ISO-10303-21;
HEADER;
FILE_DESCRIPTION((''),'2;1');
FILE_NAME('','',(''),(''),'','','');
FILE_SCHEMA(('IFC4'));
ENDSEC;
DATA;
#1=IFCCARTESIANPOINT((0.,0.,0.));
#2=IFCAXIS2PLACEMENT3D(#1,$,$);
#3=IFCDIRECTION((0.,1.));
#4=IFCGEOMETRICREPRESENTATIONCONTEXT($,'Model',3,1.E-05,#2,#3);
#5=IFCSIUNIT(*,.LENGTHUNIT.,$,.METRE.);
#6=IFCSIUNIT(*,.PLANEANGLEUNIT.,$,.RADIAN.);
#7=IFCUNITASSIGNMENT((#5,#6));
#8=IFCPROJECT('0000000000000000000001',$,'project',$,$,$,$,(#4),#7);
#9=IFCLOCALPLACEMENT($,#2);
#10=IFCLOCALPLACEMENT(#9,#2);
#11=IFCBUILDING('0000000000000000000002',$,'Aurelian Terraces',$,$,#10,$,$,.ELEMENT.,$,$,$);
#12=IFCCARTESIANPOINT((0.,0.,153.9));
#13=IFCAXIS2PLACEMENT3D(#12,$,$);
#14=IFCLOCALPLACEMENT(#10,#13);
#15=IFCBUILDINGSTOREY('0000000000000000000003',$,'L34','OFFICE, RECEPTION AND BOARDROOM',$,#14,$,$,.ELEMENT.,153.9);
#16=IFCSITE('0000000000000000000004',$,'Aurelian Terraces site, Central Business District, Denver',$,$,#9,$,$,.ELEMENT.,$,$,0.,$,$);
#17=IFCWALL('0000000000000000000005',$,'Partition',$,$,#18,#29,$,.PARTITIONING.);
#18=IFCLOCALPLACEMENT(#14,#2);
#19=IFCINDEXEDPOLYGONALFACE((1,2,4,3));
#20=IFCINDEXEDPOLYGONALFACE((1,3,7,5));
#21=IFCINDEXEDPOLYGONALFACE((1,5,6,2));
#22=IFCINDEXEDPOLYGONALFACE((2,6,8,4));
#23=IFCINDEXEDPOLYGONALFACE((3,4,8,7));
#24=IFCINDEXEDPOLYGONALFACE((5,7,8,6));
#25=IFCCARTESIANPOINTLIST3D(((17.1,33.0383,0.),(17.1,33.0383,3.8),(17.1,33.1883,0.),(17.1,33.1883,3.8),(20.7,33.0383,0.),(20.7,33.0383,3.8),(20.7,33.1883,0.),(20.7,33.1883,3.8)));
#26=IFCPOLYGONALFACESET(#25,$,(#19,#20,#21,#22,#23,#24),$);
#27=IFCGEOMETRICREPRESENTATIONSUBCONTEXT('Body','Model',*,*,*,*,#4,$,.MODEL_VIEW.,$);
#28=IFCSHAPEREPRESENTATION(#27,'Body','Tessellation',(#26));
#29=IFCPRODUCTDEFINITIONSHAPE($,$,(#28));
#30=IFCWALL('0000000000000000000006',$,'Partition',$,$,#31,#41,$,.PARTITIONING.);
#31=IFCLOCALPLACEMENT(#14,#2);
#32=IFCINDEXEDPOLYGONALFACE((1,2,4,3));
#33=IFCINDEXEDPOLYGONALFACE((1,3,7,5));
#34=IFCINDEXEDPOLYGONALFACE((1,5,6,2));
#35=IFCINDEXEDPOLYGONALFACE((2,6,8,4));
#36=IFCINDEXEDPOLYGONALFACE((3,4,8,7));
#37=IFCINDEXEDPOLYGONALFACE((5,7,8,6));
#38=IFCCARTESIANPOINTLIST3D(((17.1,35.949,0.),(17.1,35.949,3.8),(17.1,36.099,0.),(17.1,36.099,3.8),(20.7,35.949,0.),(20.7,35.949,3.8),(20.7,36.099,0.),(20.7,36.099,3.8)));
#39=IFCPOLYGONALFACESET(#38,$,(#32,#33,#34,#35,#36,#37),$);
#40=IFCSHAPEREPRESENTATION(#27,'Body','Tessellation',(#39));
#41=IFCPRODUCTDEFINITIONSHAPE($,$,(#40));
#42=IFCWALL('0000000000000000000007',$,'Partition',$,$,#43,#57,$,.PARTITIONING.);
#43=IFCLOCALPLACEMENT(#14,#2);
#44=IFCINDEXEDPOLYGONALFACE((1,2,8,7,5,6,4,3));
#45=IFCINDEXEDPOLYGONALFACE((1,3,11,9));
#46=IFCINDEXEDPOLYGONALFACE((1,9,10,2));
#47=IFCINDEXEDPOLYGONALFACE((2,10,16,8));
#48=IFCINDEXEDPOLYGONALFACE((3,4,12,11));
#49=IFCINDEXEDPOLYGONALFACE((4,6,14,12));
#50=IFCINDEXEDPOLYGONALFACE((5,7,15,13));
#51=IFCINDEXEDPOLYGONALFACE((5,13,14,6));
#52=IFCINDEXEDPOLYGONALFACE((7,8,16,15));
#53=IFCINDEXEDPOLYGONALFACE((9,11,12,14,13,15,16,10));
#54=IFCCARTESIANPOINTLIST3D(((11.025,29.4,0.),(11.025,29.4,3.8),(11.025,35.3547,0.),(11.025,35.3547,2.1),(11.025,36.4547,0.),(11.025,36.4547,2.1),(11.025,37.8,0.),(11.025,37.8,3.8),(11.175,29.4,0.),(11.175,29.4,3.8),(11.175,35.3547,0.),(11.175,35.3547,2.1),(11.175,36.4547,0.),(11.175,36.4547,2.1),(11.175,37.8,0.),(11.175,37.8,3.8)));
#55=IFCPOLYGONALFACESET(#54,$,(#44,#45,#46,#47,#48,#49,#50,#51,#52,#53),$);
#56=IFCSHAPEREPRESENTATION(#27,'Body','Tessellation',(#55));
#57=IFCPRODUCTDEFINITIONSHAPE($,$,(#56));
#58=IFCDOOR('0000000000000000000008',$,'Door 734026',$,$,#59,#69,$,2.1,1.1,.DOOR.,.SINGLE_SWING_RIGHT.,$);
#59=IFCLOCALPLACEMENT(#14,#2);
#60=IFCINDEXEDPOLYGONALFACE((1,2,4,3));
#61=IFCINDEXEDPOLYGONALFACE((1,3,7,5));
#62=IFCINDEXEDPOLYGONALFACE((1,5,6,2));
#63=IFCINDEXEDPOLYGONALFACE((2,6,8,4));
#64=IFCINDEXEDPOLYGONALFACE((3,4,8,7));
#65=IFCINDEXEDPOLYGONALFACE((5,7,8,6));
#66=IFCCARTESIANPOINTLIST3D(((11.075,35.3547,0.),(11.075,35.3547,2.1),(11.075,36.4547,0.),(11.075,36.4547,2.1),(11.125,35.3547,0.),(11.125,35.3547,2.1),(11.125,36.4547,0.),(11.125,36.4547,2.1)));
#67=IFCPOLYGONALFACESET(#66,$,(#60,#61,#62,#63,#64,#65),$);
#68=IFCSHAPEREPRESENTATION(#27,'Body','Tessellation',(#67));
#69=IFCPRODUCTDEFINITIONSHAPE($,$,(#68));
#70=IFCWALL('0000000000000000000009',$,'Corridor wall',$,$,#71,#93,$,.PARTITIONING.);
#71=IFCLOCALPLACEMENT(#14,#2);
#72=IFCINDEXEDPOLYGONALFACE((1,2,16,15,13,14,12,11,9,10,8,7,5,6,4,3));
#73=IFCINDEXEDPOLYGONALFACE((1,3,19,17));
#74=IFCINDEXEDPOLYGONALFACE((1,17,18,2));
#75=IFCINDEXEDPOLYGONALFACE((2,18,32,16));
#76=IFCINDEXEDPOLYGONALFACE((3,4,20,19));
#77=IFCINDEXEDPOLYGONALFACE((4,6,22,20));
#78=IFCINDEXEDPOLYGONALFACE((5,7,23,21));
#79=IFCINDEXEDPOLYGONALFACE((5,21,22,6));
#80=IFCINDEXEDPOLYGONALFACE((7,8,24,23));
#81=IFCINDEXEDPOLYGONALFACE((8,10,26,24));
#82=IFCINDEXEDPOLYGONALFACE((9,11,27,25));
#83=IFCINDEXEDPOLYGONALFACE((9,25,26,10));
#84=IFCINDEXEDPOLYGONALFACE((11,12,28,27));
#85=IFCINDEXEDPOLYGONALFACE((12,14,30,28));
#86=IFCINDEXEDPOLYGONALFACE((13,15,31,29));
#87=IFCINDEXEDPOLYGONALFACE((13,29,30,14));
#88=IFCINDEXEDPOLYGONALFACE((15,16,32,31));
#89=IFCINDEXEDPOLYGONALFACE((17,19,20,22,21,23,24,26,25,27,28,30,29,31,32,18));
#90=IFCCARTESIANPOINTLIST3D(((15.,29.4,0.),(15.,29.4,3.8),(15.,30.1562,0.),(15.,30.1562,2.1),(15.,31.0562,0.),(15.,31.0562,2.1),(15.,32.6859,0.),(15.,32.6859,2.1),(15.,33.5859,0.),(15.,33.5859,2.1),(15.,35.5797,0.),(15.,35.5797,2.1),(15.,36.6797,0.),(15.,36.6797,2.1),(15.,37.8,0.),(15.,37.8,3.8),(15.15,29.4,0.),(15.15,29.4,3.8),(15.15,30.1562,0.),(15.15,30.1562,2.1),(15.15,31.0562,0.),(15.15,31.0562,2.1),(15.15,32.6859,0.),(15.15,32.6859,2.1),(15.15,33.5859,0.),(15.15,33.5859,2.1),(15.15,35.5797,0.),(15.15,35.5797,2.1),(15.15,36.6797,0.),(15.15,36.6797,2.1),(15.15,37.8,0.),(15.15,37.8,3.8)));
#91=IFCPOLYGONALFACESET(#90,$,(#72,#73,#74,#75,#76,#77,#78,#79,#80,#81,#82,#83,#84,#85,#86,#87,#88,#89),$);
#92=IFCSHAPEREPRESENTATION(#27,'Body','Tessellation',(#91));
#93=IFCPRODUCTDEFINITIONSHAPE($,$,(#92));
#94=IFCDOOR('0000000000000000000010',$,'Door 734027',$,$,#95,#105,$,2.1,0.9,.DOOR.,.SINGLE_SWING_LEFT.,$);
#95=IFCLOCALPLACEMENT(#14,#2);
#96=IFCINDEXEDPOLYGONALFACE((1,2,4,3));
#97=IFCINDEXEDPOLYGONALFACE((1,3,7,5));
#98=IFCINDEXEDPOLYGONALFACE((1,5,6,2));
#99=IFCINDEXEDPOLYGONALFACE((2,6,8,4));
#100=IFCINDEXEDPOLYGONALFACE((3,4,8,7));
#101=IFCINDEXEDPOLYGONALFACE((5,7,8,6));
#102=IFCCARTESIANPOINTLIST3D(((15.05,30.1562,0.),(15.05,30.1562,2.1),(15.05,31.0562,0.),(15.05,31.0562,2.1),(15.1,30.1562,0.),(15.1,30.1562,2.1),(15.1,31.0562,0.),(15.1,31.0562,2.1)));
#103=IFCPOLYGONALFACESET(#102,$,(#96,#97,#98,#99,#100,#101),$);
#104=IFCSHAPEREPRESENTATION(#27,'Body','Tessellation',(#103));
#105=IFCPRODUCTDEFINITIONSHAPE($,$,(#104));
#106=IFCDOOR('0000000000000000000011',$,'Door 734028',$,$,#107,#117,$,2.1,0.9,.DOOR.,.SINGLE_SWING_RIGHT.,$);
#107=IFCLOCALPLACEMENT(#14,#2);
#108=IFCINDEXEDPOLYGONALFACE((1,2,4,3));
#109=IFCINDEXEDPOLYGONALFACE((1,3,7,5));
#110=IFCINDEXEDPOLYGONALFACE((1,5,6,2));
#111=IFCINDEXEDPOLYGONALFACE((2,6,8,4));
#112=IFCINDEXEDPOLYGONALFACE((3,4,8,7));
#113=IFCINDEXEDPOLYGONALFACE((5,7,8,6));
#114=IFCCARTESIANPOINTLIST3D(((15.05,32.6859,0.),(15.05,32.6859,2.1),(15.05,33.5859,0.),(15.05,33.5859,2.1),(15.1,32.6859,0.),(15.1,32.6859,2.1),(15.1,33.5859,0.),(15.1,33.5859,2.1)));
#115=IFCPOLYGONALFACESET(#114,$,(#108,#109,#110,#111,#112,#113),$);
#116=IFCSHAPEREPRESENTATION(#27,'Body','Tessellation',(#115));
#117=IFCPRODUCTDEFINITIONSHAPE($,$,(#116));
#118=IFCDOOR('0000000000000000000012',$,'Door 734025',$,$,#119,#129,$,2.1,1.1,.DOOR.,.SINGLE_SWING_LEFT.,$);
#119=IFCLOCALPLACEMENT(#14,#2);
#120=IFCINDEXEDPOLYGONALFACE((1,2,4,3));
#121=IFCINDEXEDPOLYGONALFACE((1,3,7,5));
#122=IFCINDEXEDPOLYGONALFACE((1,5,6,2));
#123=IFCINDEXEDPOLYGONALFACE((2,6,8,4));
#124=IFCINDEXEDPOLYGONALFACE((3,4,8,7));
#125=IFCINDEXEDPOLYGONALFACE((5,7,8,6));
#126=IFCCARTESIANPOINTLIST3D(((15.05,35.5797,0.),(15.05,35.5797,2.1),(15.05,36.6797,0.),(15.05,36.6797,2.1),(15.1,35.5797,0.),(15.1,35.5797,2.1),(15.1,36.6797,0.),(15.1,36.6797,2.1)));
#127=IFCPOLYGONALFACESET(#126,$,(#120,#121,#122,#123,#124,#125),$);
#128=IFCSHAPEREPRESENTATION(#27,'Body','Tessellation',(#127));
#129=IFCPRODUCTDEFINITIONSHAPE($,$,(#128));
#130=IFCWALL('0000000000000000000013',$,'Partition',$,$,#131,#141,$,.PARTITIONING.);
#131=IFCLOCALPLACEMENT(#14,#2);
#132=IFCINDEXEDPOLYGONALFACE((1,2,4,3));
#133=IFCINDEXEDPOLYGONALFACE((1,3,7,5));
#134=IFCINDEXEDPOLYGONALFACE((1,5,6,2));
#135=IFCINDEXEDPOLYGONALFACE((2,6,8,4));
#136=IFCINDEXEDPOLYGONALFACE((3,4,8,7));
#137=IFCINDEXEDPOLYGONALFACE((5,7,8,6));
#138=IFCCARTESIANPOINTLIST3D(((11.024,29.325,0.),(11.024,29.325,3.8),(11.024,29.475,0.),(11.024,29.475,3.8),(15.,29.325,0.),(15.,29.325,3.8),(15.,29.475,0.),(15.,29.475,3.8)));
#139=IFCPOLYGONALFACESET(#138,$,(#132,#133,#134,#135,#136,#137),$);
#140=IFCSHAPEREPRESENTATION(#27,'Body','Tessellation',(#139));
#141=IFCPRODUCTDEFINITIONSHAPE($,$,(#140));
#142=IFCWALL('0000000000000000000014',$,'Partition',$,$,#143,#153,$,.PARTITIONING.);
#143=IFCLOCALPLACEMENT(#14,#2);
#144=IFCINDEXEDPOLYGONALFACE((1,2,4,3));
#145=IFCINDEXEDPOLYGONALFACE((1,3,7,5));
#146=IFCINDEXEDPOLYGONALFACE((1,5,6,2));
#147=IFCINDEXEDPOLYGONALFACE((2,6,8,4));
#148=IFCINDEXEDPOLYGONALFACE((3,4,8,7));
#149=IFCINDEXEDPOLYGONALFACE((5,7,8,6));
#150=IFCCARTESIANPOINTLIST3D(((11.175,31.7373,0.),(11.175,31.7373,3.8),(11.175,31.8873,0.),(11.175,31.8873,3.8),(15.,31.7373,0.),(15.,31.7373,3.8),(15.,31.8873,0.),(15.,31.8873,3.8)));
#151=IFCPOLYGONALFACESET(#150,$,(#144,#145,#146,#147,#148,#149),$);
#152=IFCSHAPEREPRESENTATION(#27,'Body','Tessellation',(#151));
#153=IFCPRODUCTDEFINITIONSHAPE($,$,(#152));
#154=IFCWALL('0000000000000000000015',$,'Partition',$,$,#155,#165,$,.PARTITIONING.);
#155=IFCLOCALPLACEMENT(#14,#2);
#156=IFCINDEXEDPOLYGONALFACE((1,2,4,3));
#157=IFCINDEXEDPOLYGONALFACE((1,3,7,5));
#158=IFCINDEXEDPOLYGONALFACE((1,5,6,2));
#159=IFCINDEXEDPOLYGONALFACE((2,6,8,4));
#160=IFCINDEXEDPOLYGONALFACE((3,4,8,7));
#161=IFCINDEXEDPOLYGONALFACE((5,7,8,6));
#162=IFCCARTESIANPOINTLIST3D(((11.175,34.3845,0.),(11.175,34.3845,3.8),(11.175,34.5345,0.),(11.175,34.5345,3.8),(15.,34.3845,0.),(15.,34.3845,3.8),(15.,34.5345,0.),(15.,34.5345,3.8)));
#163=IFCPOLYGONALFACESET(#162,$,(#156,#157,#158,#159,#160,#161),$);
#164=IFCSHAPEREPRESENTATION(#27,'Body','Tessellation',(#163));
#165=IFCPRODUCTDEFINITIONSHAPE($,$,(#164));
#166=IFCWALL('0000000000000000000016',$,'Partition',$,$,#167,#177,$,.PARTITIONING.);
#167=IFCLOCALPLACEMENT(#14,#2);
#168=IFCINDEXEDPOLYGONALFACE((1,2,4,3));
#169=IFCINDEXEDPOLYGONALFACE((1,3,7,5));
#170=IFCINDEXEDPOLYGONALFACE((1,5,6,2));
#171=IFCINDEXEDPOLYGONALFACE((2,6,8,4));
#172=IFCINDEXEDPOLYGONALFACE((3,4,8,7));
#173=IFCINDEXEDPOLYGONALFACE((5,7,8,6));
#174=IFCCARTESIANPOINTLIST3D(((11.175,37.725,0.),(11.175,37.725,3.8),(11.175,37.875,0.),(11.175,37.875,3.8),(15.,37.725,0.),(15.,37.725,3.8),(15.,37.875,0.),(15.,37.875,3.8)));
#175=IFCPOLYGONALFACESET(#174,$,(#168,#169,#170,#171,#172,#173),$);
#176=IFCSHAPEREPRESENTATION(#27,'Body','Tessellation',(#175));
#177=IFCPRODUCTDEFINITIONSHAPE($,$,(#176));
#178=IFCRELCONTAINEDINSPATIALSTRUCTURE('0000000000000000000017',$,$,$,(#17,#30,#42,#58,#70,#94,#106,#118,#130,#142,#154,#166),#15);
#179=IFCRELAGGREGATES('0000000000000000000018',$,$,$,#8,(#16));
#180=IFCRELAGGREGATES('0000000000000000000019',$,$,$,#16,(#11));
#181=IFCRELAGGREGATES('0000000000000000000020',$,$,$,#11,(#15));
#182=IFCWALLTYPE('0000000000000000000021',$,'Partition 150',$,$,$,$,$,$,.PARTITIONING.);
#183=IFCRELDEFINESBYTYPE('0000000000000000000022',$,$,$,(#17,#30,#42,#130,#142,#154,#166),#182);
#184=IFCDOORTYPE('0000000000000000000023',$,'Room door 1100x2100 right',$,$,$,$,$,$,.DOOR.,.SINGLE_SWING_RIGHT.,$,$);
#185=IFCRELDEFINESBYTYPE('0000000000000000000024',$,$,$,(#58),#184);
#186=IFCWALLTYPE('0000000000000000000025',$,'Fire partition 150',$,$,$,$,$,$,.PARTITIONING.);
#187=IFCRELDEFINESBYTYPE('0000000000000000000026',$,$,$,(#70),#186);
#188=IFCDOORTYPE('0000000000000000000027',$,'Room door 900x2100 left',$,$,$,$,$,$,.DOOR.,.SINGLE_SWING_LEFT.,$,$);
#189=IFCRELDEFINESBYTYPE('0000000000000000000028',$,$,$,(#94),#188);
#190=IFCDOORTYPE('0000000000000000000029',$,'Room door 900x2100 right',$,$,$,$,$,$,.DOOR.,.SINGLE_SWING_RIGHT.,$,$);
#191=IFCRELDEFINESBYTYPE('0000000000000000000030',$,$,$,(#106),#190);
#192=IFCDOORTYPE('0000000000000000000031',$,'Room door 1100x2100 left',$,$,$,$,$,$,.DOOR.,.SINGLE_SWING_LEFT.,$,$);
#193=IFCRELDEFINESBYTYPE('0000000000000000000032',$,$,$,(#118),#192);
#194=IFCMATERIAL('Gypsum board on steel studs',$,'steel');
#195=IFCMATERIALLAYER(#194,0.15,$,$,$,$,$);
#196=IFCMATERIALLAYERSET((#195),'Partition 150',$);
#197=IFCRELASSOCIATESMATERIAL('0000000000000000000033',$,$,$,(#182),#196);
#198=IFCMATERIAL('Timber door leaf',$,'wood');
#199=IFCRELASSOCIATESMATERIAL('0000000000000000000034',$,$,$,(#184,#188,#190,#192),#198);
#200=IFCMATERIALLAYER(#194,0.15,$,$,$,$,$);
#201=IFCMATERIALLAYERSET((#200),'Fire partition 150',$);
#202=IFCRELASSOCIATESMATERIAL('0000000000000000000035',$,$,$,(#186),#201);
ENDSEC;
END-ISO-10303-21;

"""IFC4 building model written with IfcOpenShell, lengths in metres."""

from ifc_helpers import new_model, si_unit, direction, frame, frame_2d, origin, place, context, subcontext, project, spatial, rectangle, extrude, source, transform, mapped, material, layer, layer_set, type_object, element, fill, save


model = new_model("IFC4")

# Units and contexts
model_context = context("Model", 3, precision=1e-05, world=origin(), true_north=direction((0.0, 1.0)))
body_context = subcontext(model_context, "Body", "Model", "MODEL_VIEW")
ifc_project = project(units=[si_unit("LENGTHUNIT", "METRE"), si_unit("PLANEANGLEUNIT", "RADIAN")], contexts=[model_context])

# Site, building, storey
site_placement = place(None, origin())
site = spatial("IfcSite", under=ifc_project, at=site_placement, Name="Aurelian Terraces site, Central Business District, Denver", CompositionType="ELEMENT", RefElevation=0.0)
building_placement = place(site_placement, origin())
building = spatial("IfcBuilding", under=site, at=building_placement, Name="Aurelian Terraces", CompositionType="ELEMENT")
storey_placement = place(building_placement, frame((0.0, 0.0, 153.9)))
storey = spatial("IfcBuildingStorey", under=building, at=storey_placement, Name="L34", Description="OFFICE, RECEPTION AND BOARDROOM", CompositionType="ELEMENT", Elevation=153.9)

# Shared definitions
ifc_material_1 = material(Name="Timber door leaf", Category="wood")

# Shared definitions
ifc_material_2 = material(Name="Gypsum board on steel studs", Category="steel")
shared_shape_1 = source(origin(), body_context, "Body", "SweptSolid", [
    extrude(rectangle(XDim=0.9, YDim=2.1, at=frame_2d((0.45, 1.05))), frame((0.0, 0.025, 0.0), z_axis=(0.0, -1.0, 0.0), x_axis=(1.0, 0.0, 0.0)), (0.0, 0.0, 1.0), 0.05),
])

# Walls
ifc_layer_1 = layer(ifc_material_2, 0.15)
ifc_layer_set_1 = layer_set([ifc_layer_1], Name="Partition 150")
wall_type_1 = type_object("IfcWallType", Name="Partition 150", PredefinedType="PARTITIONING", material=ifc_layer_set_1)
shared_shape_2 = source(origin(), body_context, "Body", "SweptSolid", [
    extrude(rectangle(XDim=3.6, YDim=0.15, at=frame_2d((1.8, 0.0))), origin(), (0.0, 0.0, 1.0), 3.8),
])
for number, where, z_axis, x_axis, name in (
    (1, (17.1, 33.1133, 0.0), (0.0, 0.0, 1.0), (1.0, 0.0, 0.0), "Partition"),
    (2, (17.1, 36.024, 0.0), (0.0, 0.0, 1.0), (1.0, 0.0, 0.0), "Partition"),
):
    element("IfcWall", number, at=place(storey_placement, frame(where, z_axis=z_axis, x_axis=x_axis)), inside=storey, type_object=wall_type_1, Name=name, PredefinedType="PARTITIONING", context=body_context, shape_type="MappedRepresentation", body=[
        mapped(shared_shape_2, transform((0.0, 0.0, 0.0), scale=1.0)),
    ])

# Wall, opening, door
shared_shape_3 = source(origin(), body_context, "Body", "SweptSolid", [
    extrude(rectangle(XDim=8.4, YDim=0.15, at=frame_2d((4.2, 0.0))), origin(), (0.0, 0.0, 1.0), 3.8),
])
wall_1_placement = place(storey_placement, frame((11.1, 29.4, 0.0), z_axis=(0.0, 0.0, 1.0), x_axis=(0.0, 1.0, 0.0)))
wall_1 = element("IfcWall", 3, at=wall_1_placement, inside=storey, type_object=wall_type_1, Name="Partition", PredefinedType="PARTITIONING", context=body_context, shape_type="MappedRepresentation", body=[
    mapped(shared_shape_3, transform((0.0, 0.0, 0.0), scale=1.0)),
])
shared_shape_4 = source(origin(), body_context, "Body", "SweptSolid", [
    extrude(rectangle(XDim=1.1, YDim=2.1, at=frame_2d((0.55, 1.05))), frame((0.0, 0.085, 0.0), z_axis=(0.0, -1.0, 0.0), x_axis=(1.0, 0.0, 0.0)), (0.0, 0.0, 1.0), 0.17),
])
opening_1_placement = place(wall_1_placement, frame((5.9547, 0.0, 0.0)))
opening_1 = element("IfcOpeningElement", 4, at=opening_1_placement, cuts=wall_1, PredefinedType="OPENING", context=body_context, shape_type="MappedRepresentation", body=[
    mapped(shared_shape_4, transform((0.0, 0.0, 0.0), scale=1.0)),
])
door_type_1 = type_object("IfcDoorType", Name="Room door 1100x2100 right", OperationType="SINGLE_SWING_RIGHT", PredefinedType="DOOR", material=ifc_material_1)
shared_shape_5 = source(origin(), body_context, "Body", "SweptSolid", [
    extrude(rectangle(XDim=1.1, YDim=2.1, at=frame_2d((0.55, 1.05))), frame((0.0, 0.025, 0.0), z_axis=(0.0, -1.0, 0.0), x_axis=(1.0, 0.0, 0.0)), (0.0, 0.0, 1.0), 0.05),
])
door_1_placement = place(opening_1_placement, origin())
door_1 = element("IfcDoor", 5, at=door_1_placement, inside=storey, type_object=door_type_1, Name="Door 734026", OperationType="SINGLE_SWING_RIGHT", OverallHeight=2.1, OverallWidth=1.1, PredefinedType="DOOR", context=body_context, shape_type="MappedRepresentation", body=[
    mapped(shared_shape_5, transform((0.0, 0.0, 0.0), scale=1.0)),
])
fill(opening_1, door_1)

# Wall, openings, doors
ifc_layer_2 = layer(ifc_material_2, 0.15)
ifc_layer_set_2 = layer_set([ifc_layer_2], Name="Fire partition 150")
wall_type_2 = type_object("IfcWallType", Name="Fire partition 150", PredefinedType="PARTITIONING", material=ifc_layer_set_2)
wall_2_placement = place(storey_placement, frame((15.075, 29.4, 0.0), z_axis=(0.0, 0.0, 1.0), x_axis=(0.0, 1.0, 0.0)))
wall_2 = element("IfcWall", 6, at=wall_2_placement, inside=storey, type_object=wall_type_2, Name="Corridor wall", PredefinedType="PARTITIONING", context=body_context, shape_type="MappedRepresentation", body=[
    mapped(shared_shape_3, transform((0.0, 0.0, 0.0), scale=1.0)),
])
opening_2_placement = place(wall_2_placement, frame((6.1797, 0.0, 0.0)))
opening_2 = element("IfcOpeningElement", 7, at=opening_2_placement, cuts=wall_2, PredefinedType="OPENING", context=body_context, shape_type="MappedRepresentation", body=[
    mapped(shared_shape_4, transform((0.0, 0.0, 0.0), scale=1.0)),
])
shared_shape_6 = source(origin(), body_context, "Body", "SweptSolid", [
    extrude(rectangle(XDim=0.9, YDim=2.1, at=frame_2d((0.45, 1.05))), frame((0.0, 0.085, 0.0), z_axis=(0.0, -1.0, 0.0), x_axis=(1.0, 0.0, 0.0)), (0.0, 0.0, 1.0), 0.17),
])
opening_3_placement = place(wall_2_placement, frame((0.7562, 0.0, 0.0)))
opening_3 = element("IfcOpeningElement", 8, at=opening_3_placement, cuts=wall_2, PredefinedType="OPENING", context=body_context, shape_type="MappedRepresentation", body=[
    mapped(shared_shape_6, transform((0.0, 0.0, 0.0), scale=1.0)),
])
opening_4_placement = place(wall_2_placement, frame((3.2859, 0.0, 0.0)))
opening_4 = element("IfcOpeningElement", 9, at=opening_4_placement, cuts=wall_2, PredefinedType="OPENING", context=body_context, shape_type="MappedRepresentation", body=[
    mapped(shared_shape_6, transform((0.0, 0.0, 0.0), scale=1.0)),
])
door_type_2 = type_object("IfcDoorType", Name="Room door 900x2100 left", OperationType="SINGLE_SWING_LEFT", PredefinedType="DOOR", material=ifc_material_1)
door_2_placement = place(opening_3_placement, origin())
door_2 = element("IfcDoor", 10, at=door_2_placement, inside=storey, type_object=door_type_2, Name="Door 734027", OperationType="SINGLE_SWING_LEFT", OverallHeight=2.1, OverallWidth=0.9, PredefinedType="DOOR", context=body_context, shape_type="MappedRepresentation", body=[
    mapped(shared_shape_1, transform((0.0, 0.0, 0.0), scale=1.0)),
])
fill(opening_3, door_2)
door_type_3 = type_object("IfcDoorType", Name="Room door 900x2100 right", OperationType="SINGLE_SWING_RIGHT", PredefinedType="DOOR", material=ifc_material_1)
door_3_placement = place(opening_4_placement, origin())
door_3 = element("IfcDoor", 11, at=door_3_placement, inside=storey, type_object=door_type_3, Name="Door 734028", OperationType="SINGLE_SWING_RIGHT", OverallHeight=2.1, OverallWidth=0.9, PredefinedType="DOOR", context=body_context, shape_type="MappedRepresentation", body=[
    mapped(shared_shape_1, transform((0.0, 0.0, 0.0), scale=1.0)),
])
fill(opening_4, door_3)
door_type_4 = type_object("IfcDoorType", Name="Room door 1100x2100 left", OperationType="SINGLE_SWING_LEFT", PredefinedType="DOOR", material=ifc_material_1)
door_4_placement = place(opening_2_placement, origin())
door_4 = element("IfcDoor", 12, at=door_4_placement, inside=storey, type_object=door_type_4, Name="Door 734025", OperationType="SINGLE_SWING_LEFT", OverallHeight=2.1, OverallWidth=1.1, PredefinedType="DOOR", context=body_context, shape_type="MappedRepresentation", body=[
    mapped(shared_shape_5, transform((0.0, 0.0, 0.0), scale=1.0)),
])
fill(opening_2, door_4)

# Walls
shared_shape_7 = source(origin(), body_context, "Body", "SweptSolid", [
    extrude(rectangle(XDim=3.976, YDim=0.15, at=frame_2d((1.988, 0.0))), origin(), (0.0, 0.0, 1.0), 3.8),
])
wall_3_placement = place(storey_placement, frame((15.0, 29.4, 0.0), z_axis=(0.0, 0.0, 1.0), x_axis=(-1.0, 0.0, 0.0)))
element("IfcWall", 13, at=wall_3_placement, inside=storey, type_object=wall_type_1, Name="Partition", PredefinedType="PARTITIONING", context=body_context, shape_type="MappedRepresentation", body=[
    mapped(shared_shape_7, transform((0.0, 0.0, 0.0), scale=1.0)),
])
shared_shape_8 = source(origin(), body_context, "Body", "SweptSolid", [
    extrude(rectangle(XDim=3.825, YDim=0.15, at=frame_2d((1.9125, 0.0))), origin(), (0.0, 0.0, 1.0), 3.8),
])
for number, where, z_axis, x_axis, name in (
    (14, (15.0, 31.8123, 0.0), (0.0, 0.0, 1.0), (-1.0, 0.0, 0.0), "Partition"),
    (15, (15.0, 34.4595, 0.0), (0.0, 0.0, 1.0), (-1.0, 0.0, 0.0), "Partition"),
    (16, (15.0, 37.8, 0.0), (0.0, 0.0, 1.0), (-1.0, 0.0, 0.0), "Partition"),
):
    element("IfcWall", number, at=place(storey_placement, frame(where, z_axis=z_axis, x_axis=x_axis)), inside=storey, type_object=wall_type_1, Name=name, PredefinedType="PARTITIONING", context=body_context, shape_type="MappedRepresentation", body=[
        mapped(shared_shape_8, transform((0.0, 0.0, 0.0), scale=1.0)),
    ])

save(model, "model.ifc")
